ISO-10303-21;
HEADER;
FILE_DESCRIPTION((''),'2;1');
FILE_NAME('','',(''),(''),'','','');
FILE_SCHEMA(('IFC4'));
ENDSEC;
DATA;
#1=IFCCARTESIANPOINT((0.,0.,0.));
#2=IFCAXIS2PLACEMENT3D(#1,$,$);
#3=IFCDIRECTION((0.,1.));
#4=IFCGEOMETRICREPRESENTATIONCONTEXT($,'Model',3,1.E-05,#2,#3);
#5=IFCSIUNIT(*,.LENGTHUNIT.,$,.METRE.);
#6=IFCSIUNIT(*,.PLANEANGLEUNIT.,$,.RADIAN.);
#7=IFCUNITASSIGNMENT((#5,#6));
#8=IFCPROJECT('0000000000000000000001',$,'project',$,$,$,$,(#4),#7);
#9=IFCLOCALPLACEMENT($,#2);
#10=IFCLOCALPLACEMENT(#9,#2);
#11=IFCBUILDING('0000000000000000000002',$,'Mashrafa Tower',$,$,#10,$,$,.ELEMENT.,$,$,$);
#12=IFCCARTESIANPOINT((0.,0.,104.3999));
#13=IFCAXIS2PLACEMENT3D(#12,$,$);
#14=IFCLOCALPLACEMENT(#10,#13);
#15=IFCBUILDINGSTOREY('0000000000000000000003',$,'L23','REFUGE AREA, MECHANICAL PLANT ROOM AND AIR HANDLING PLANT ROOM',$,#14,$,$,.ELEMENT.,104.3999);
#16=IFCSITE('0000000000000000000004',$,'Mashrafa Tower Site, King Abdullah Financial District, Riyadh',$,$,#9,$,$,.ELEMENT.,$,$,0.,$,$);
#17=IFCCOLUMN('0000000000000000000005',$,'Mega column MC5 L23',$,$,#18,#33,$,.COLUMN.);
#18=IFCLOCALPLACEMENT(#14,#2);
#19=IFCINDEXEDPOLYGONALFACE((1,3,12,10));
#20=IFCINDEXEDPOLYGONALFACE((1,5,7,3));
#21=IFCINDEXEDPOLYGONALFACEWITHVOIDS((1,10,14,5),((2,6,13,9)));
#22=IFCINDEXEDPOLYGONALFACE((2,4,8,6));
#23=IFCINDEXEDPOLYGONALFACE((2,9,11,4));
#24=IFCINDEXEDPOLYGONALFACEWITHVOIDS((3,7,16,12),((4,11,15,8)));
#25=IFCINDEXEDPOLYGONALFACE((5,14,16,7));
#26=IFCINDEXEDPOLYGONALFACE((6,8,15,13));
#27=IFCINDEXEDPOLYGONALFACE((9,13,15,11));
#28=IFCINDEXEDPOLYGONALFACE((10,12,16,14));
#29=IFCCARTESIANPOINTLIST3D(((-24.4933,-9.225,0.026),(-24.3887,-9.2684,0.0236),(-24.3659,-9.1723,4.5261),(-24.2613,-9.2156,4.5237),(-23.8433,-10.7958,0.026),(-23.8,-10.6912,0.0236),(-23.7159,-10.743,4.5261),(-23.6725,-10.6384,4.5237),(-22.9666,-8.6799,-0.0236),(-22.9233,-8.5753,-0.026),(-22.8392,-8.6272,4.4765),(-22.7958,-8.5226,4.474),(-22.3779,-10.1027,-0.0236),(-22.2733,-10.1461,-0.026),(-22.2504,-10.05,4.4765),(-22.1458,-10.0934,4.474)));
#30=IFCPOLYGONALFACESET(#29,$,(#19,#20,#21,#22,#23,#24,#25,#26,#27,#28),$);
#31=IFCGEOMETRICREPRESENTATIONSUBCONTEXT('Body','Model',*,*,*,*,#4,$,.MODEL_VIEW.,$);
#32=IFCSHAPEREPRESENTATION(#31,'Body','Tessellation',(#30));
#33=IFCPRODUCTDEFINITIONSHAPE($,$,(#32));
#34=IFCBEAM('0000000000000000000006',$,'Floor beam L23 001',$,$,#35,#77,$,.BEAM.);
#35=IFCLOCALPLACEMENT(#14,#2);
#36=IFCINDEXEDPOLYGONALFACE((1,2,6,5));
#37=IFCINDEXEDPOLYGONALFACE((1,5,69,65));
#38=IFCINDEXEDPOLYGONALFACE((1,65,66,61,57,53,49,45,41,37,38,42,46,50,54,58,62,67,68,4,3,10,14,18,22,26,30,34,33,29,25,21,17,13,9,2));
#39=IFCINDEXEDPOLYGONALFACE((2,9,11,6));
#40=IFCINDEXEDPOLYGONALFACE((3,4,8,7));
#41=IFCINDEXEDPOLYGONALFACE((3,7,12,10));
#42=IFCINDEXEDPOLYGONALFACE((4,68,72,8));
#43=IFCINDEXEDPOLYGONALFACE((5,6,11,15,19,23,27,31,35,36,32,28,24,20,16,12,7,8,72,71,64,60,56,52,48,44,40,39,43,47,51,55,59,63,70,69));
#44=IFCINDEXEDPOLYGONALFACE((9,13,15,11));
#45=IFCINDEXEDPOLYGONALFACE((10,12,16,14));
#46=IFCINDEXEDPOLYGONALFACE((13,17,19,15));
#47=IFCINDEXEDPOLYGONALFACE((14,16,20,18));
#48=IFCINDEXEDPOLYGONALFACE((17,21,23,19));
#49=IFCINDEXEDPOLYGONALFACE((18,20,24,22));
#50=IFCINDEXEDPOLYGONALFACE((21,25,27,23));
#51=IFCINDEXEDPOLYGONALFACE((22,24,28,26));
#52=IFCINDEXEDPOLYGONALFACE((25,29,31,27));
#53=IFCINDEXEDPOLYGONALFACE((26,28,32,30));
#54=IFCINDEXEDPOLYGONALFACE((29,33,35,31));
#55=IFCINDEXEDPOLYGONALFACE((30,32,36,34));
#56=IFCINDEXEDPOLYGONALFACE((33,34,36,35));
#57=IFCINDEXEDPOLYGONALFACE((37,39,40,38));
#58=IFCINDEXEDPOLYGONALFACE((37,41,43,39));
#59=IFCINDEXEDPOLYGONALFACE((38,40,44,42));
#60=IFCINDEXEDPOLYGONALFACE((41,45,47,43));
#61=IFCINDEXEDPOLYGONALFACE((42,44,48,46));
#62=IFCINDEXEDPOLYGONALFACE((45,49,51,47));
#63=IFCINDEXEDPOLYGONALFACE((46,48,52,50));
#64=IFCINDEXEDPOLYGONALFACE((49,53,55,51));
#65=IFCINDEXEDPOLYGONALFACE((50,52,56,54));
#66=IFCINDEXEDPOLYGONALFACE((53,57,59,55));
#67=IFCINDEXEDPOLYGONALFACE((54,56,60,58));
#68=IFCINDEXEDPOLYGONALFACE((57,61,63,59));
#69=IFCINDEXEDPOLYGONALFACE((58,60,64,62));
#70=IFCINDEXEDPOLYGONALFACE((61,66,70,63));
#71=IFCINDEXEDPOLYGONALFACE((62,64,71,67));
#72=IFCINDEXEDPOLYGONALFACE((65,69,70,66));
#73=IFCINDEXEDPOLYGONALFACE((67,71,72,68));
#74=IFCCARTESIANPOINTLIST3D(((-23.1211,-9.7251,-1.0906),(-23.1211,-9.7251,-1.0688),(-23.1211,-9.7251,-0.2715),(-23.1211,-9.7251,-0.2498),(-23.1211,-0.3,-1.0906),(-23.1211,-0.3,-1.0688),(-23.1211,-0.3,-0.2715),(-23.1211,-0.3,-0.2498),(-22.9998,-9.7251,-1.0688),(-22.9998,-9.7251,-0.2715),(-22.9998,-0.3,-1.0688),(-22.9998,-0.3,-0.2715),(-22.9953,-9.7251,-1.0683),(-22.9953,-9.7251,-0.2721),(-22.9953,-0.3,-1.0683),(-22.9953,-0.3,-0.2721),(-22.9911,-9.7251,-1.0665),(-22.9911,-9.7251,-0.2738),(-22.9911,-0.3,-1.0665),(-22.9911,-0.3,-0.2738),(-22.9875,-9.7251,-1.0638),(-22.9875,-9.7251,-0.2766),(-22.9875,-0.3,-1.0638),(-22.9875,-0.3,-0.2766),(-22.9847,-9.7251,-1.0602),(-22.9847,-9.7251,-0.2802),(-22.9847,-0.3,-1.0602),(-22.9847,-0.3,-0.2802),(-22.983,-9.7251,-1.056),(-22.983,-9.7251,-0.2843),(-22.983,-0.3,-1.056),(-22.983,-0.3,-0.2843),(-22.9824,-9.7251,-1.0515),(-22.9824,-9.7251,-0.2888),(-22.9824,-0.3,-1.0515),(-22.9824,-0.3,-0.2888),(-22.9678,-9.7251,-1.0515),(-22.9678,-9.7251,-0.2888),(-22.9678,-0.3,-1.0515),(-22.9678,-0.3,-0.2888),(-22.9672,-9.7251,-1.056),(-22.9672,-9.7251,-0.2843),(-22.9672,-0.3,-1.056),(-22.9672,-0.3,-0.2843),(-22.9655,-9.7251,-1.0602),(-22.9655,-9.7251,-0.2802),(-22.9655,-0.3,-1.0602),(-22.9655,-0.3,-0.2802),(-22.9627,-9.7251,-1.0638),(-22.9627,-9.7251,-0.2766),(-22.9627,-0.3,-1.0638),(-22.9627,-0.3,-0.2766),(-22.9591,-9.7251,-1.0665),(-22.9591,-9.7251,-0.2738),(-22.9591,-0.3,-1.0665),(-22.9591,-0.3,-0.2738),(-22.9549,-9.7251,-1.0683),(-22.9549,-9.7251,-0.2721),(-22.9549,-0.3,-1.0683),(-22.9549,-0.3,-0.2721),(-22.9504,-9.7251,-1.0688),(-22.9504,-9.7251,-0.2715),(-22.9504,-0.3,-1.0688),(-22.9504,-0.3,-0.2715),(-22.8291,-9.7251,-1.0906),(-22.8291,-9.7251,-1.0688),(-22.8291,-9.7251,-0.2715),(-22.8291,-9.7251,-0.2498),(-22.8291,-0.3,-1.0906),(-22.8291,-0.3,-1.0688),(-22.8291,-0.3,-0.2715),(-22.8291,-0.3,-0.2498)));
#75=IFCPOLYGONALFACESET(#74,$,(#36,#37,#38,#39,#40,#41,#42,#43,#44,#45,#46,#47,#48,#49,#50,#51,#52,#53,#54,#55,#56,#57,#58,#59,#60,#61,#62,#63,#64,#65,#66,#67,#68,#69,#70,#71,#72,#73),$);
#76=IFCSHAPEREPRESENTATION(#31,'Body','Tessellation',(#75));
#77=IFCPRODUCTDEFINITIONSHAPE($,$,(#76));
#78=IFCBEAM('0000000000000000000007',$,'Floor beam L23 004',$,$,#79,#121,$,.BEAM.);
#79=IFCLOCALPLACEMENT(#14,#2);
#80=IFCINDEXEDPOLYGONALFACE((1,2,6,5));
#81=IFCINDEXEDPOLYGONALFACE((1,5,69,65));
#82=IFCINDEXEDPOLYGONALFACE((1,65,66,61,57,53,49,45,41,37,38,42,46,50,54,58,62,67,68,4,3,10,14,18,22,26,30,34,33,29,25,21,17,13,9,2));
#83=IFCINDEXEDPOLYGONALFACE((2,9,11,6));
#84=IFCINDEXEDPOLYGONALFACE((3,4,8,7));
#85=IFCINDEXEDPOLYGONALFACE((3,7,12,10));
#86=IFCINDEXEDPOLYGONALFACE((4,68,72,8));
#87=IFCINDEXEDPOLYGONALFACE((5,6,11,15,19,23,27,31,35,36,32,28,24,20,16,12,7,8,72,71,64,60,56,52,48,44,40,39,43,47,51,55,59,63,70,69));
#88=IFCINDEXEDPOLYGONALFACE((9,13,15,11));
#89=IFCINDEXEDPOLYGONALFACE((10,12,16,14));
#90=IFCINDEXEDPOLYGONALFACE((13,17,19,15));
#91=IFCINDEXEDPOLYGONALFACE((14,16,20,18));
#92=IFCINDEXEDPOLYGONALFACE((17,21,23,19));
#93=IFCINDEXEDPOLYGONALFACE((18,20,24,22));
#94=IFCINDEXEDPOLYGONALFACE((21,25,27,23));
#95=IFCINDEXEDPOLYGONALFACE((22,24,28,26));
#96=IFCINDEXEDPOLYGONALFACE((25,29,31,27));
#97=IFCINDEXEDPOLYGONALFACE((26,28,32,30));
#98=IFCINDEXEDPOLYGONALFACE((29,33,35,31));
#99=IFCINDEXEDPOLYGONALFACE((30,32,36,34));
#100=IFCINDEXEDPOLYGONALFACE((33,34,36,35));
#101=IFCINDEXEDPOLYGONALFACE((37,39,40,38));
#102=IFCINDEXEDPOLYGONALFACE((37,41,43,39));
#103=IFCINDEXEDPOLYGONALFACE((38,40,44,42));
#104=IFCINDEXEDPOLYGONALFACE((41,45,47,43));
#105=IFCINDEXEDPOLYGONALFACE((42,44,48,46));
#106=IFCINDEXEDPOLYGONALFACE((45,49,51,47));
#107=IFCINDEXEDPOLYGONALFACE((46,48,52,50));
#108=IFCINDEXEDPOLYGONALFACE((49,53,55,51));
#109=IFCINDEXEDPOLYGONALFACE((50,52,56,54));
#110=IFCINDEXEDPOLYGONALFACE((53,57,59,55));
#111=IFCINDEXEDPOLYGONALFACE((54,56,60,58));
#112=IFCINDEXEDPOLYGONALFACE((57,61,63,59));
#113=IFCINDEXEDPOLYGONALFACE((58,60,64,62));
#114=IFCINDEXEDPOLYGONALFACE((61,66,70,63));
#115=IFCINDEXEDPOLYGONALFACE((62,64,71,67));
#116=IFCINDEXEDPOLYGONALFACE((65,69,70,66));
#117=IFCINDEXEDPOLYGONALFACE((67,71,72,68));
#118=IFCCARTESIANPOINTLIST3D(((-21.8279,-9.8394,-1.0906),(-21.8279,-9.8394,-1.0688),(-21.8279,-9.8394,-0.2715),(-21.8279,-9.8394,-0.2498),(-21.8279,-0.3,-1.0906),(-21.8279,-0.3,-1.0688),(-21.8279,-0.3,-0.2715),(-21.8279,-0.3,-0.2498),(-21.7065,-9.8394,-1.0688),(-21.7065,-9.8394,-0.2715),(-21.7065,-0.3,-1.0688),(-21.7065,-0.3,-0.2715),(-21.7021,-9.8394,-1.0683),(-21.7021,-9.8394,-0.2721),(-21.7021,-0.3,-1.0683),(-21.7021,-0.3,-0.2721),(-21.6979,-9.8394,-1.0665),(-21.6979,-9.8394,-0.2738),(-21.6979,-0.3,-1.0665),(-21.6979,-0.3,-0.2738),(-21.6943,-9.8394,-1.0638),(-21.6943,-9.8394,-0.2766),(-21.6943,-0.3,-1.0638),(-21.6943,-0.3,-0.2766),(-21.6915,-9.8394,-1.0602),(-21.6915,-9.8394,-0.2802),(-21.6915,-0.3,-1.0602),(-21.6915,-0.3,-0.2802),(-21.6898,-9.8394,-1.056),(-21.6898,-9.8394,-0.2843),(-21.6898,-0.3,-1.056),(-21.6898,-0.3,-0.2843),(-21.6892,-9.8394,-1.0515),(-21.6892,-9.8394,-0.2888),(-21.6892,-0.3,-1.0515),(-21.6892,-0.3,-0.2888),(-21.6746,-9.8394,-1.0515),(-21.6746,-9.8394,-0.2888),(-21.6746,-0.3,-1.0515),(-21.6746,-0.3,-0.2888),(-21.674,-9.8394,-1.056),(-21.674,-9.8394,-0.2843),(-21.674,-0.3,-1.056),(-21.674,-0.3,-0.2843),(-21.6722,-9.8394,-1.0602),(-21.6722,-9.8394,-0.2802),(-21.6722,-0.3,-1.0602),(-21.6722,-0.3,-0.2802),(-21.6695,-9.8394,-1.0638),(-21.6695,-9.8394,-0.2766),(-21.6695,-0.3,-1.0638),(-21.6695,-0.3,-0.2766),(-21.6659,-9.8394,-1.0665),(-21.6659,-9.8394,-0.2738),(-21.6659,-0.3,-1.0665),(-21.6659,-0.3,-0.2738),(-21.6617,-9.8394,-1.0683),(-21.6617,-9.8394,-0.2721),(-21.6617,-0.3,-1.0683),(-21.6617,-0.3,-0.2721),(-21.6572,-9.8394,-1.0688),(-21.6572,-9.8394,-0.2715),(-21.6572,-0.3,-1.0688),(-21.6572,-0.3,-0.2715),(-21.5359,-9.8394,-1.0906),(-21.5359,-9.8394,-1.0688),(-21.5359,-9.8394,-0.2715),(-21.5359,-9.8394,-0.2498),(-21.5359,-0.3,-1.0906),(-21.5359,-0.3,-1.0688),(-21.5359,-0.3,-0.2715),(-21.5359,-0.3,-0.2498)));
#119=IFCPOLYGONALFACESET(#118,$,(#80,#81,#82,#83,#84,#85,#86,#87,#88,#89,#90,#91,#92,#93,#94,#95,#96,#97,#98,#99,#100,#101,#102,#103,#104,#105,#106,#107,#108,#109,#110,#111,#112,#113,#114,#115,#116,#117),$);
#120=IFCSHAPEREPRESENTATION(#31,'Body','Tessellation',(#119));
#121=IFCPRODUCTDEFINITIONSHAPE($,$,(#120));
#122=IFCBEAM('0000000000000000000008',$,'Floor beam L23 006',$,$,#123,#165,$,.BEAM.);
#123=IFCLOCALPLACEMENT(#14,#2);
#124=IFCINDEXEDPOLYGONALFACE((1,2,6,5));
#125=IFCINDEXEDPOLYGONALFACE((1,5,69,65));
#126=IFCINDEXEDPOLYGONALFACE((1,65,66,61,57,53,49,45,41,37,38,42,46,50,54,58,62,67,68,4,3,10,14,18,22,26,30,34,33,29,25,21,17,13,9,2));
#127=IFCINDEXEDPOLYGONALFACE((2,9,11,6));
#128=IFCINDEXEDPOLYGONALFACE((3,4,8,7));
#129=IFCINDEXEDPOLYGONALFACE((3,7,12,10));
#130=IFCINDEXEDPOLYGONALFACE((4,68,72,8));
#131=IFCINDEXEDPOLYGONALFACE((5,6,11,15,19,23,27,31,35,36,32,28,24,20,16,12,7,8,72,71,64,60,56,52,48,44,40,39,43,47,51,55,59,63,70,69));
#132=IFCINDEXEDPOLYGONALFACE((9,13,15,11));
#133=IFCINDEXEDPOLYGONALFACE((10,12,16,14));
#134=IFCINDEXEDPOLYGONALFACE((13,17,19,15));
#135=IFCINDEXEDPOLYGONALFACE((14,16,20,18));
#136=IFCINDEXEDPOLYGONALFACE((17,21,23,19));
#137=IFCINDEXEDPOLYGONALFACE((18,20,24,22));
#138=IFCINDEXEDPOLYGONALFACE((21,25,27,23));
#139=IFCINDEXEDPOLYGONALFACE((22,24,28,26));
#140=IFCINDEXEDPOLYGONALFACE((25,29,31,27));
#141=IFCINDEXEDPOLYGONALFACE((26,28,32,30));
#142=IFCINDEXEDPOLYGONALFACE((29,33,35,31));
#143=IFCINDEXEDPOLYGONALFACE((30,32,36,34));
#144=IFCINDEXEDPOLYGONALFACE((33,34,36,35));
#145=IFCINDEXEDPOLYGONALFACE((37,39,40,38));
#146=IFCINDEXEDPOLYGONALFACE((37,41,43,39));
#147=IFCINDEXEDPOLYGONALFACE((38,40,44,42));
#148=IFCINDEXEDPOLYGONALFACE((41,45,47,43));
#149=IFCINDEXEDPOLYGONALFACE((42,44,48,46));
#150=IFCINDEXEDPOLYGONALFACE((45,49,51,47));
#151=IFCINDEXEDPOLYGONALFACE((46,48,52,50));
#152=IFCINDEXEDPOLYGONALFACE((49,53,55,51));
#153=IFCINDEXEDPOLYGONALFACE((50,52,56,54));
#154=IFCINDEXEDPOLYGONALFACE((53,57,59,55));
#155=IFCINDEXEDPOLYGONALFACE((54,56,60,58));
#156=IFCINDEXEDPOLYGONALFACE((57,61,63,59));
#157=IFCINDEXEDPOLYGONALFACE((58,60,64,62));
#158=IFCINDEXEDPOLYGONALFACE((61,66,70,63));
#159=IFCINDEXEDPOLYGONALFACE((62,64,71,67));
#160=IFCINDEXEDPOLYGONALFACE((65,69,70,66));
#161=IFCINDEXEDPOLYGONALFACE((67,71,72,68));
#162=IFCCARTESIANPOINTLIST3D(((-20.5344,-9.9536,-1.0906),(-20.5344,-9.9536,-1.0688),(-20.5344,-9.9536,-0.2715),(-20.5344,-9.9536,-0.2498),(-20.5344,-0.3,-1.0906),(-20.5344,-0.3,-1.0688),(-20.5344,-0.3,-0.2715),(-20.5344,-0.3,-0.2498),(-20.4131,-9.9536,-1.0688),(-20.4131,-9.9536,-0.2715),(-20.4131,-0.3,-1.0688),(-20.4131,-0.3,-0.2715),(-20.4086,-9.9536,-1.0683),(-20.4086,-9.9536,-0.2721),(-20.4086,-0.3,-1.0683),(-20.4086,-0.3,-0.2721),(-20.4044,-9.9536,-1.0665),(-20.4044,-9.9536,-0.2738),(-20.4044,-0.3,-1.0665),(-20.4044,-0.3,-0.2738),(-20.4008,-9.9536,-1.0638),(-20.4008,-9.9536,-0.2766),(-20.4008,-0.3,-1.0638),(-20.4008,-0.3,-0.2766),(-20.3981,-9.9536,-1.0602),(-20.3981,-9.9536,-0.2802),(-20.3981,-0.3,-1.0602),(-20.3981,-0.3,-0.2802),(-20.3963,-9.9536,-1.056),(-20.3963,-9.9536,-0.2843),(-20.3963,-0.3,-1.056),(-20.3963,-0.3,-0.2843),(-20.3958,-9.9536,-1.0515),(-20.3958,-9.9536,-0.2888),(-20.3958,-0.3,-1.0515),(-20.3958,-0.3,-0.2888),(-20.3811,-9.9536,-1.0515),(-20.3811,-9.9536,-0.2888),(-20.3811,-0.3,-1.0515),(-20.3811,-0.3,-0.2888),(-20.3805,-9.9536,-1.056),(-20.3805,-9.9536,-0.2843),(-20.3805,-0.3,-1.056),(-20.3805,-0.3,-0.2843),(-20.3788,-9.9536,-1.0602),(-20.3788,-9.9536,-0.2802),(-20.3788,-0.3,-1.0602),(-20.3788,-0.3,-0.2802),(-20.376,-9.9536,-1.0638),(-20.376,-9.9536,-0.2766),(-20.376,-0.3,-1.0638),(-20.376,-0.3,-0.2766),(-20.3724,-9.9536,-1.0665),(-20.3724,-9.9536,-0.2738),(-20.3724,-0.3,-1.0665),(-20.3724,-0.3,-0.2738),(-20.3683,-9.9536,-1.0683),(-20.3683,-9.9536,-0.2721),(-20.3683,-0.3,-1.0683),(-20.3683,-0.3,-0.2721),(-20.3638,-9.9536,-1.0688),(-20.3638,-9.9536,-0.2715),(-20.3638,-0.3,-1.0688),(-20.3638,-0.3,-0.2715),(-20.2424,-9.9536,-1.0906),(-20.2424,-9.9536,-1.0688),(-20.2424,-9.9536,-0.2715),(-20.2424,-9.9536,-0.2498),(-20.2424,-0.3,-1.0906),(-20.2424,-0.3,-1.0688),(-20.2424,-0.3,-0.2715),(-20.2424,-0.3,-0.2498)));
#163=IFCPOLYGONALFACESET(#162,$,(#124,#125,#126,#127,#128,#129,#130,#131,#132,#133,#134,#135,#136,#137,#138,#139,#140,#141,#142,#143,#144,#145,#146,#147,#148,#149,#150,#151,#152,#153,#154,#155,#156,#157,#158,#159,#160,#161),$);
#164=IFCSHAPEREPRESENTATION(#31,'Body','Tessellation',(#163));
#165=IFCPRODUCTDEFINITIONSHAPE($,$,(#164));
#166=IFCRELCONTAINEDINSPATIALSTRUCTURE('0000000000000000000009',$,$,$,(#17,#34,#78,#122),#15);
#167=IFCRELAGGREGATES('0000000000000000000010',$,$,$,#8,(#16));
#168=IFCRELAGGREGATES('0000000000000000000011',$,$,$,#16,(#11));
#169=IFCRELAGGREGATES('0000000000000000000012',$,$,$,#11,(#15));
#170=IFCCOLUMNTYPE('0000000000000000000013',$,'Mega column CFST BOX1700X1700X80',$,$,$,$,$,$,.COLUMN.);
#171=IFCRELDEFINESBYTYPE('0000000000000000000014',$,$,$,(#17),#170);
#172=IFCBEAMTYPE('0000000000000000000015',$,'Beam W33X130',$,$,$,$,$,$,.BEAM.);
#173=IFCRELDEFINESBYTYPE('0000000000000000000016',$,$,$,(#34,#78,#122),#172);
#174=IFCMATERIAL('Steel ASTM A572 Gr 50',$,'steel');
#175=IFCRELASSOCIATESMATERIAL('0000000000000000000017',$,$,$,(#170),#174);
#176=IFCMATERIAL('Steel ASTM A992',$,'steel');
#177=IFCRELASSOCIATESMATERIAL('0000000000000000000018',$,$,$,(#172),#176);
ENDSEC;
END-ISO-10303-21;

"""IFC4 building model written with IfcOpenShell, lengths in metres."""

from ifc_helpers import new_model, si_unit, direction, frame, origin, origin_2d, place, context, subcontext, project, spatial, hollow_rectangle, i_section, extrude, material, material_profile, profile_set, type_object, element, save


model = new_model("IFC4")

# Units and contexts
model_context = context("Model", 3, precision=1e-05, world=origin(), true_north=direction((0.0, 1.0)))
body_context = subcontext(model_context, "Body", "Model", "MODEL_VIEW")
ifc_project = project(units=[si_unit("LENGTHUNIT", "METRE"), si_unit("PLANEANGLEUNIT", "RADIAN")], contexts=[model_context])

# Site, building, storey
site_placement = place(None, origin())
site = spatial("IfcSite", under=ifc_project, at=site_placement, Name="Mashrafa Tower Site, King Abdullah Financial District, Riyadh", CompositionType="ELEMENT", RefElevation=0.0)
building_placement = place(site_placement, origin())
building = spatial("IfcBuilding", under=site, at=building_placement, Name="Mashrafa Tower", CompositionType="ELEMENT")
storey_placement = place(building_placement, frame((0.0, 0.0, 104.3999)))
storey = spatial("IfcBuildingStorey", under=building, at=storey_placement, Name="L23", Description="REFUGE AREA, MECHANICAL PLANT ROOM AND AIR HANDLING PLANT ROOM", CompositionType="ELEMENT", Elevation=104.3999)

# Column
ifc_material_1 = material(Name="Steel ASTM A572 Gr 50", Category="steel")
ifc_material_profile_1 = material_profile(ifc_material_1, hollow_rectangle(XDim=1.7, YDim=1.7, WallThickness=0.0801, at=origin_2d()), Name="BOX1700X1700X80")
ifc_profile_set_1 = profile_set([ifc_material_profile_1], Name="Steel ASTM A572 Gr 50")
column_type = type_object("IfcColumnType", Name="Mega column CFST BOX1700X1700X80", PredefinedType="COLUMN", material=ifc_profile_set_1)
column_placement = place(storey_placement, frame((-23.3833, -9.6855, 0.0), z_axis=(0.028307, 0.011713, 0.999531), x_axis=(-0.382352, 0.924017, 0.0)))
element("IfcColumn", 1, at=column_placement, inside=storey, type_object=column_type, Name="Mega column MC5 L23", PredefinedType="COLUMN", context=body_context, shape_type="SweptSolid", body=[
    extrude(hollow_rectangle(XDim=1.7, YDim=1.7, WallThickness=0.0801, at=origin_2d()), origin(), (0.0, 0.0, 1.0), 4.5022),
])

# Beams
ifc_material_2 = material(Name="Steel ASTM A992", Category="steel")
ifc_material_profile_2 = material_profile(ifc_material_2, i_section(OverallWidth=0.292, OverallDepth=0.8408, WebThickness=0.0146, FlangeThickness=0.0217, FilletRadius=0.0173, at=origin_2d()), Name="W33X130")
ifc_profile_set_2 = profile_set([ifc_material_profile_2], Name="Steel ASTM A992")
beam_type_1 = type_object("IfcBeamType", Name="Beam W33X130", PredefinedType="BEAM", material=ifc_profile_set_2)
beam_1_placement = place(storey_placement, frame((-22.9751, -9.7251, -0.6702), z_axis=(0.0, 1.0, 0.0), x_axis=(-1.0, 0.0, 0.0)))
element("IfcBeam", 2, at=beam_1_placement, inside=storey, type_object=beam_type_1, Name="Floor beam L23 001", PredefinedType="BEAM", context=body_context, shape_type="SweptSolid", body=[
    extrude(i_section(OverallWidth=0.292, OverallDepth=0.8408, WebThickness=0.0146, FlangeThickness=0.0217, FilletRadius=0.0173, at=origin_2d()), origin(), (0.0, 0.0, 1.0), 9.425),
])
beam_2_placement = place(storey_placement, frame((-21.6819, -9.8394, -0.6702), z_axis=(0.0, 1.0, 0.0), x_axis=(-1.0, 0.0, 0.0)))
element("IfcBeam", 3, at=beam_2_placement, inside=storey, type_object=beam_type_1, Name="Floor beam L23 004", PredefinedType="BEAM", context=body_context, shape_type="SweptSolid", body=[
    extrude(i_section(OverallWidth=0.292, OverallDepth=0.8408, WebThickness=0.0146, FlangeThickness=0.0217, FilletRadius=0.0173, at=origin_2d()), origin(), (0.0, 0.0, 1.0), 9.5393),
])
beam_3_placement = place(storey_placement, frame((-20.3884, -9.9536, -0.6702), z_axis=(0.0, 1.0, 0.0), x_axis=(-1.0, 0.0, 0.0)))
element("IfcBeam", 4, at=beam_3_placement, inside=storey, type_object=beam_type_1, Name="Floor beam L23 006", PredefinedType="BEAM", context=body_context, shape_type="SweptSolid", body=[
    extrude(i_section(OverallWidth=0.292, OverallDepth=0.8408, WebThickness=0.0146, FlangeThickness=0.0217, FilletRadius=0.0173, at=origin_2d()), origin(), (0.0, 0.0, 1.0), 9.6536),
])

save(model, "model.ifc")
